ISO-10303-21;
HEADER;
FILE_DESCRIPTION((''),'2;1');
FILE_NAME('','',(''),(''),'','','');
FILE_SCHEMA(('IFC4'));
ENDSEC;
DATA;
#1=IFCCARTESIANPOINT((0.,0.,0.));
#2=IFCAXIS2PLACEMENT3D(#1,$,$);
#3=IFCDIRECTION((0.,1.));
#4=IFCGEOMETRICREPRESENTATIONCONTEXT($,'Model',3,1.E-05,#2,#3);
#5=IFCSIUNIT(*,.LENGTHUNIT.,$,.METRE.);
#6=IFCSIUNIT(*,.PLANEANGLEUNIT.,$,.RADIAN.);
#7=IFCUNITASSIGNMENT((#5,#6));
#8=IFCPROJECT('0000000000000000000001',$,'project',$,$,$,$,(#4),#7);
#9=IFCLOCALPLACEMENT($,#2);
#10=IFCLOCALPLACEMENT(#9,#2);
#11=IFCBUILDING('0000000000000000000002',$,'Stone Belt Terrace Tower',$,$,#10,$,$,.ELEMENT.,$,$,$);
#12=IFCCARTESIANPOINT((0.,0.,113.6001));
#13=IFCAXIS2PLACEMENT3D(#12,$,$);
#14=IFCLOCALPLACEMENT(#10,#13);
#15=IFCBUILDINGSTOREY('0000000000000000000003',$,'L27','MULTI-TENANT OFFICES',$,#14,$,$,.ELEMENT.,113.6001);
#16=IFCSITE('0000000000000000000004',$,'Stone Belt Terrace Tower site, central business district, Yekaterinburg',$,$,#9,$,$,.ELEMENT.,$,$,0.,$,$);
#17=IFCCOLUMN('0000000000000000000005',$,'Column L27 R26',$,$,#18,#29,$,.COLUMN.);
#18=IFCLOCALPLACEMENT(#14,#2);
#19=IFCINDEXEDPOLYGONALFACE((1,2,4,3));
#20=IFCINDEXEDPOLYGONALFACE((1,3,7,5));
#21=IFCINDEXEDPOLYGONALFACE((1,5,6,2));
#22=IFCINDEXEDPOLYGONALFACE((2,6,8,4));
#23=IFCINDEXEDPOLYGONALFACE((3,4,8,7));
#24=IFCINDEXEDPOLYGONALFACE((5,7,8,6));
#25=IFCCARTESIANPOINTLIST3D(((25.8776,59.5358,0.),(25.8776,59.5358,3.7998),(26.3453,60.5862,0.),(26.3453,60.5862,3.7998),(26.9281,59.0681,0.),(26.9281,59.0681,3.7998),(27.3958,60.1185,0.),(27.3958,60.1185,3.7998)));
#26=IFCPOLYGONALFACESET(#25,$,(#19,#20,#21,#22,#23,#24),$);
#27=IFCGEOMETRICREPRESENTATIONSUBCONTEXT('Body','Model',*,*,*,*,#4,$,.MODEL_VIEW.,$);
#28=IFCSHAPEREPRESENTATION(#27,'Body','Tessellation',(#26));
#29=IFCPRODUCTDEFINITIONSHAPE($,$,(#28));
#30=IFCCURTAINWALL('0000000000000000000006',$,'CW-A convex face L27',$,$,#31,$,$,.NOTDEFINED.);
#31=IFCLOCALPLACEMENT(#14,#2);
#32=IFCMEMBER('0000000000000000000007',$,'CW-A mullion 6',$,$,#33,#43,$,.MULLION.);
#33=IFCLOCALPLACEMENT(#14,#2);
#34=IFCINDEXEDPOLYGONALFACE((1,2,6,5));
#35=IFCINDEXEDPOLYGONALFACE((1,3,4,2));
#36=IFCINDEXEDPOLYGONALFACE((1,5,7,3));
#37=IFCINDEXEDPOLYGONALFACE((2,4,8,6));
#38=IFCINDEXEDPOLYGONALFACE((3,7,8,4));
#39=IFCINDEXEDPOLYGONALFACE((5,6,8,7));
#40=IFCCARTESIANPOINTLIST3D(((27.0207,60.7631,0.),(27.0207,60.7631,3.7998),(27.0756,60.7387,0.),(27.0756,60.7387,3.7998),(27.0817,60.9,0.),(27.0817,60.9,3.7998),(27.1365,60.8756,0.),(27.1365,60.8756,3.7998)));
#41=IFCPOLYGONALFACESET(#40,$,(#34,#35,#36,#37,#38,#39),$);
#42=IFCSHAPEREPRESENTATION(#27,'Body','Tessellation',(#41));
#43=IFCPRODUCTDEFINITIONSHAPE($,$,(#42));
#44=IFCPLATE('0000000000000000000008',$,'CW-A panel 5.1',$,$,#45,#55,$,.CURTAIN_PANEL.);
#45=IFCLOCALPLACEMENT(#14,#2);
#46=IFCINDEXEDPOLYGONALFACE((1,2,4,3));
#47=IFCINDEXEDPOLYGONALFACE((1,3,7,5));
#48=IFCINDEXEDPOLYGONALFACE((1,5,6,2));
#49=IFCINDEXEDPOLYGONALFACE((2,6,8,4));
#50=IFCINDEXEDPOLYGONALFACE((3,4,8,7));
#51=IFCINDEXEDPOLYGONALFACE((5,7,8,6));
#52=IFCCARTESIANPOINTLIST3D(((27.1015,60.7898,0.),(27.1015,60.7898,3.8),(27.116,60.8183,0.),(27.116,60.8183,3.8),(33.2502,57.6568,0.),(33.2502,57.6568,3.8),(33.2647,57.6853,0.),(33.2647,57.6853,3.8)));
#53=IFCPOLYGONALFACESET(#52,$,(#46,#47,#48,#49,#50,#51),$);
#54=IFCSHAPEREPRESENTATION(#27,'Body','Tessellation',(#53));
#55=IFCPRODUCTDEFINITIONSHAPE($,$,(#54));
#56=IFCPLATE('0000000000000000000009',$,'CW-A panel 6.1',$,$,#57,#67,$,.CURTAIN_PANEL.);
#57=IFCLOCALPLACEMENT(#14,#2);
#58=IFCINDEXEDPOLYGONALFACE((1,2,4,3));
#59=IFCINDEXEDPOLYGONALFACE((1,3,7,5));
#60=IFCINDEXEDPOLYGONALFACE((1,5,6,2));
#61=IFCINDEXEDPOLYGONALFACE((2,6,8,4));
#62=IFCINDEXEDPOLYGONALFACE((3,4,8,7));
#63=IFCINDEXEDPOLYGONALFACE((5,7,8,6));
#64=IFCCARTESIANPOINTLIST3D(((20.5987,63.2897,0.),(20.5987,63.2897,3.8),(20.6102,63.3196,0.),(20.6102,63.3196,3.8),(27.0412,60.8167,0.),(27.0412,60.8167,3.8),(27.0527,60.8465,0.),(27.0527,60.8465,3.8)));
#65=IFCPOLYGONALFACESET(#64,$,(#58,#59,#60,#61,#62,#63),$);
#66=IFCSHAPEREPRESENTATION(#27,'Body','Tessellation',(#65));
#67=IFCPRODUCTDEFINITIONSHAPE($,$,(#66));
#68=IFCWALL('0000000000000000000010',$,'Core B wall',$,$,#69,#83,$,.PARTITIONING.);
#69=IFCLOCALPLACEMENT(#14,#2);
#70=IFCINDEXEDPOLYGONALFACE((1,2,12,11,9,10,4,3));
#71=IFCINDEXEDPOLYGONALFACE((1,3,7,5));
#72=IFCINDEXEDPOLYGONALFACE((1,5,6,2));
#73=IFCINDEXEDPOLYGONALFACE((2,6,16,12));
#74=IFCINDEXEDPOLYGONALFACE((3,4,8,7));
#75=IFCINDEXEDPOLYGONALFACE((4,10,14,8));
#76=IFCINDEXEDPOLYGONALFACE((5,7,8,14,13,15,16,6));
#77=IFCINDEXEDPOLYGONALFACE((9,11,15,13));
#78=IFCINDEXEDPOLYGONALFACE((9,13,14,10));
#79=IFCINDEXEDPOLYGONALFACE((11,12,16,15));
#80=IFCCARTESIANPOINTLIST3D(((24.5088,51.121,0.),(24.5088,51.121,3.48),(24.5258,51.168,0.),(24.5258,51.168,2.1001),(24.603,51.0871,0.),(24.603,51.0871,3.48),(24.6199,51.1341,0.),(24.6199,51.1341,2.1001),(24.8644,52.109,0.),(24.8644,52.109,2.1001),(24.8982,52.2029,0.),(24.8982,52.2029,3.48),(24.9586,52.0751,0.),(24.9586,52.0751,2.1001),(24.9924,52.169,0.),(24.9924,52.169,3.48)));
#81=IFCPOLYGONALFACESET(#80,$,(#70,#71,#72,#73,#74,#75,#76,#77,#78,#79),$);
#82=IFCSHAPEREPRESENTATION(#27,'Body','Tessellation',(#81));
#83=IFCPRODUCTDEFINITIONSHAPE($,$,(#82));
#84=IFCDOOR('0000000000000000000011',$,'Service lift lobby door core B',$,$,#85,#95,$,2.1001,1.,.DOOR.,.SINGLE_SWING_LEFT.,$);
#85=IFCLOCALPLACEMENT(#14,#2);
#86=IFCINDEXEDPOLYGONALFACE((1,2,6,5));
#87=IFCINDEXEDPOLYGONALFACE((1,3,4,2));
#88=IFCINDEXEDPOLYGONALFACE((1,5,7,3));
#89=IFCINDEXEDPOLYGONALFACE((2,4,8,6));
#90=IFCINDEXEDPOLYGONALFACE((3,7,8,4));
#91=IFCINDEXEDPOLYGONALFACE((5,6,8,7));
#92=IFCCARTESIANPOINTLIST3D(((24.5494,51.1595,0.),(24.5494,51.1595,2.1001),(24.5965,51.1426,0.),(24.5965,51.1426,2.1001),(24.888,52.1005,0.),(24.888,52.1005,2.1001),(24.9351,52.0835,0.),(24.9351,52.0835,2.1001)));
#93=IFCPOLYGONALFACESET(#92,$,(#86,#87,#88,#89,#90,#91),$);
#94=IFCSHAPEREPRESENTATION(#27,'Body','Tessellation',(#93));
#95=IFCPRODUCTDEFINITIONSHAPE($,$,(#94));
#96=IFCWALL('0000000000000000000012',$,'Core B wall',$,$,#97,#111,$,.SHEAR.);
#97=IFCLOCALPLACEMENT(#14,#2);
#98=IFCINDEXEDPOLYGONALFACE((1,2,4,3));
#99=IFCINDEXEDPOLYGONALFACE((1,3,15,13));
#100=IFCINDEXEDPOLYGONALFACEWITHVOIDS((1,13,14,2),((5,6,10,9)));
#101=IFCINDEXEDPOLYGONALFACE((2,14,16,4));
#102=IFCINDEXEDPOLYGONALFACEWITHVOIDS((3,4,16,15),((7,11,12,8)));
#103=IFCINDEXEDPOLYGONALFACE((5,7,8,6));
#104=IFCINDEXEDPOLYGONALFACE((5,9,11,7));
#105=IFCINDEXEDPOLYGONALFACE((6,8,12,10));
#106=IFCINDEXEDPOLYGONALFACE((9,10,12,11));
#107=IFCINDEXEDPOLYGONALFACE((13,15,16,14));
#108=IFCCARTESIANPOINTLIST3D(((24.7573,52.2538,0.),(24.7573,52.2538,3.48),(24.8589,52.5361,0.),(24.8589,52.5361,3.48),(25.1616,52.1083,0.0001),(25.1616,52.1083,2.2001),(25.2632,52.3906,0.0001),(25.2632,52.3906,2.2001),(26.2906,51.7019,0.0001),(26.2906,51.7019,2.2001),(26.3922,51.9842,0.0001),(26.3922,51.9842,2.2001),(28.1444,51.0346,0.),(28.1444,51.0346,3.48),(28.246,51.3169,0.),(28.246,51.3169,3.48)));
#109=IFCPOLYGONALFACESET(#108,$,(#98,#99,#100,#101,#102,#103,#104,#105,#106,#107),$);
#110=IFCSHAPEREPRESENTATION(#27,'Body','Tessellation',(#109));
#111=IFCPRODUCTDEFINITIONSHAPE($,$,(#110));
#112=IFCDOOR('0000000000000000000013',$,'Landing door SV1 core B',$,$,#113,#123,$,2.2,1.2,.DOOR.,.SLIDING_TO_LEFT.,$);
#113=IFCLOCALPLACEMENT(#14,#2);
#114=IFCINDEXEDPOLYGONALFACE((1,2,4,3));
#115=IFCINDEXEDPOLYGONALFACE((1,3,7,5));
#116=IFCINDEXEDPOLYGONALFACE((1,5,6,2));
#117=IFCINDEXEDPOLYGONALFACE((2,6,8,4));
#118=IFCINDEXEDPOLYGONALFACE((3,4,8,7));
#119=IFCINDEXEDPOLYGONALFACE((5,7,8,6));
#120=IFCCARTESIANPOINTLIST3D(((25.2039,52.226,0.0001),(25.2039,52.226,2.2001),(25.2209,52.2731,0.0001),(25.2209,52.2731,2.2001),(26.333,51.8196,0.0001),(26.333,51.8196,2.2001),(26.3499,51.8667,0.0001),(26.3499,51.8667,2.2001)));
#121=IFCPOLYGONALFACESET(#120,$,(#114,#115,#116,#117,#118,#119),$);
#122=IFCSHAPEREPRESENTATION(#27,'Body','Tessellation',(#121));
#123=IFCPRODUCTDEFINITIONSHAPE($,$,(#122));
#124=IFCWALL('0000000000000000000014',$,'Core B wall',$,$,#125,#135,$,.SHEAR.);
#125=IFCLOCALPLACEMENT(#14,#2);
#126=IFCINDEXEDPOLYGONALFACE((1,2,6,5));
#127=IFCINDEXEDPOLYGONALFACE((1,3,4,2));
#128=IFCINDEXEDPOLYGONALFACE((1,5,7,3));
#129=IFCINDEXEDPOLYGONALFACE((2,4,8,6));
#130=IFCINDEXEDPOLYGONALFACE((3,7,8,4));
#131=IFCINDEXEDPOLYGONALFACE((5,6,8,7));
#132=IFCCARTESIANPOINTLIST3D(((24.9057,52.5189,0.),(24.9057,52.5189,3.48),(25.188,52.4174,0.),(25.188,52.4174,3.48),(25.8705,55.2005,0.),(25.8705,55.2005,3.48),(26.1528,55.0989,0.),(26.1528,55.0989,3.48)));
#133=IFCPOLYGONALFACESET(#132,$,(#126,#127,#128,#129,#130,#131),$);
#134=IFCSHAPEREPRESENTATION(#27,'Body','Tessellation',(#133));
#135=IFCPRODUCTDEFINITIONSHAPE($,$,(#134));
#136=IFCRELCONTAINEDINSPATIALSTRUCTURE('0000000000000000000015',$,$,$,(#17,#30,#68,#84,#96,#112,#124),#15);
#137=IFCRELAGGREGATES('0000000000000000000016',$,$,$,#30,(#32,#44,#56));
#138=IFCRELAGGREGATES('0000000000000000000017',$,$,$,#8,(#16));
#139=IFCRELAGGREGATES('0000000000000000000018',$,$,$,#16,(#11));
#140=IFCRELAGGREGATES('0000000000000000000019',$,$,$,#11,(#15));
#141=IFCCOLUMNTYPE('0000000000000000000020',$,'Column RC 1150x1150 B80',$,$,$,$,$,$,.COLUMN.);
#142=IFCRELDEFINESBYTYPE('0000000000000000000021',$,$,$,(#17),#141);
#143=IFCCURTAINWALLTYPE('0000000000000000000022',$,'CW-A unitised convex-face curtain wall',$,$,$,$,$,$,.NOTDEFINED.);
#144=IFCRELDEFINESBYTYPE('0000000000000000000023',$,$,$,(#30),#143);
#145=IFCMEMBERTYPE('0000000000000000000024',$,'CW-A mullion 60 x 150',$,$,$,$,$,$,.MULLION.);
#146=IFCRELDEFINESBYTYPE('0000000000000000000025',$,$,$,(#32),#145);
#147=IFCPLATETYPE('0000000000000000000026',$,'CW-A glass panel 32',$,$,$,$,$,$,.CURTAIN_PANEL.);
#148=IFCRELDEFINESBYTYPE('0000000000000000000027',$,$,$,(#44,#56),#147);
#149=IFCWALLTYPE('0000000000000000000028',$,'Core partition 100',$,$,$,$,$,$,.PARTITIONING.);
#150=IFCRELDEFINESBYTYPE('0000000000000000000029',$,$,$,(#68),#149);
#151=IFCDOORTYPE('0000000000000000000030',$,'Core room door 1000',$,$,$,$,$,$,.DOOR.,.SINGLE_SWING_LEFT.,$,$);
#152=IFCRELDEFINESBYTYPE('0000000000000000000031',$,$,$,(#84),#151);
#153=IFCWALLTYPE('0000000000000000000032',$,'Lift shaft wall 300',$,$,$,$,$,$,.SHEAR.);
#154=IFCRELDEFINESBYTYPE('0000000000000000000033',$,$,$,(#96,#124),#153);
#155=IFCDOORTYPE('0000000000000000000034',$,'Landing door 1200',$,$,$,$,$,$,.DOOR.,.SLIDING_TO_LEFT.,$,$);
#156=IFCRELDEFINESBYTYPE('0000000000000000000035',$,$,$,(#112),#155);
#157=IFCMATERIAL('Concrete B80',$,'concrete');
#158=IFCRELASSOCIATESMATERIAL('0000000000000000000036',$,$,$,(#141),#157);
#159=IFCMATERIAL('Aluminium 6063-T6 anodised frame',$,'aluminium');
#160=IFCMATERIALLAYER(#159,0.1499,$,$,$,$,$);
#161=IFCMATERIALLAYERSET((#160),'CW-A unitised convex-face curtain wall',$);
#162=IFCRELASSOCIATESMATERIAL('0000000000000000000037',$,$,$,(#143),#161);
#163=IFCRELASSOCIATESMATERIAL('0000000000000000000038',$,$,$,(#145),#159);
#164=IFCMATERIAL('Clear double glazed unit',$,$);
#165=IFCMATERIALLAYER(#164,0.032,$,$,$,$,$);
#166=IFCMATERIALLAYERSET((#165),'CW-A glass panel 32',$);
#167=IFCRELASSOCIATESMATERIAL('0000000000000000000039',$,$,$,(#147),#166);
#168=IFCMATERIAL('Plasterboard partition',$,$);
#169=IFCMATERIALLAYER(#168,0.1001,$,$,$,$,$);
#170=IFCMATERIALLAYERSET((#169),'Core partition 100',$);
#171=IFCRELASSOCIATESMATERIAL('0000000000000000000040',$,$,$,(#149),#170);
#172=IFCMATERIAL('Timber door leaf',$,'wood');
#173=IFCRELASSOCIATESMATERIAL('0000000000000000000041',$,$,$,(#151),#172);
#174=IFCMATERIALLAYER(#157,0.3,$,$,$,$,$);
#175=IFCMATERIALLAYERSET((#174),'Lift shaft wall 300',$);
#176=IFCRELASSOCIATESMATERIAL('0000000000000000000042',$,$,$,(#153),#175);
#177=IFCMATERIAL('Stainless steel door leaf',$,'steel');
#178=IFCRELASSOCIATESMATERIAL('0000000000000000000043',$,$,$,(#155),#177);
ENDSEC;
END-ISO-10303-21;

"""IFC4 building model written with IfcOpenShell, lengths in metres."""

from ifc_helpers import new_model, si_unit, direction, frame, frame_2d, origin, origin_2d, place, context, subcontext, project, spatial, rectangle, extrude, material, layer, layer_set, material_profile, profile_set, type_object, element, fill, aggregate, save


model = new_model("IFC4")

# Units and contexts
model_context = context("Model", 3, precision=1e-05, world=origin(), true_north=direction((0.0, 1.0)))
body_context = subcontext(model_context, "Body", "Model", "MODEL_VIEW")
ifc_project = project(units=[si_unit("LENGTHUNIT", "METRE"), si_unit("PLANEANGLEUNIT", "RADIAN")], contexts=[model_context])

# Site, building, storey
site_placement = place(None, origin())
site = spatial("IfcSite", under=ifc_project, at=site_placement, Name="Stone Belt Terrace Tower site, central business district, Yekaterinburg", CompositionType="ELEMENT", RefElevation=0.0)
building_placement = place(site_placement, origin())
building = spatial("IfcBuilding", under=site, at=building_placement, Name="Stone Belt Terrace Tower", CompositionType="ELEMENT")
storey_placement = place(building_placement, frame((0.0, 0.0, 113.6001)))
storey = spatial("IfcBuildingStorey", under=building, at=storey_placement, Name="L27", Description="MULTI-TENANT OFFICES", CompositionType="ELEMENT", Elevation=113.6001)

# Column
ifc_material_1 = material(Name="Concrete B80", Category="concrete")
ifc_material_profile_1 = material_profile(ifc_material_1, rectangle(XDim=1.1499, YDim=1.1499, at=origin_2d()), Name="RC 1150x1150")
ifc_profile_set_1 = profile_set([ifc_material_profile_1], Name="Concrete B80")
column_type = type_object("IfcColumnType", Name="Column RC 1150x1150 B80", PredefinedType="COLUMN", material=ifc_profile_set_1)
column_placement = place(storey_placement, frame((26.6367, 59.8271, 0.0), z_axis=(0.0, 0.0, 1.0), x_axis=(0.913545, -0.406737, 0.0)))
element("IfcColumn", 1, at=column_placement, inside=storey, type_object=column_type, Name="Column L27 R26", PredefinedType="COLUMN", context=body_context, shape_type="SweptSolid", body=[
    extrude(rectangle(XDim=1.1499, YDim=1.1499, at=origin_2d()), origin(), (0.0, 0.0, 1.0), 3.7998),
])

# Curtain wall, member, plates
ifc_material_2 = material(Name="Aluminium 6063-T6 anodised frame", Category="aluminium")
ifc_layer_1 = layer(ifc_material_2, 0.1499)
ifc_layer_set_1 = layer_set([ifc_layer_1], Name="CW-A unitised convex-face curtain wall")
curtain_wall_type = type_object("IfcCurtainWallType", Name="CW-A unitised convex-face curtain wall", PredefinedType="NOTDEFINED", material=ifc_layer_set_1)
curtain_wall_placement = place(storey_placement, origin())
curtain_wall = element("IfcCurtainWall", 2, at=curtain_wall_placement, inside=storey, type_object=curtain_wall_type, Name="CW-A convex face L27", PredefinedType="NOTDEFINED")
ifc_material_profile_2 = material_profile(ifc_material_2, rectangle(XDim=0.1499, YDim=0.0601, at=origin_2d()), Name="Aluminium 6063-T6 60x150")
ifc_profile_set_2 = profile_set([ifc_material_profile_2], Name="Aluminium 6063-T6 anodised frame")
member_type = type_object("IfcMemberType", Name="CW-A mullion 60 x 150", PredefinedType="MULLION", material=ifc_profile_set_2)
member_placement = place(storey_placement, frame((27.0786, 60.8193, 0.0), z_axis=(0.0, 0.0, 1.0), x_axis=(-0.406737, -0.913545, 0.0)))
member = element("IfcMember", 3, at=member_placement, type_object=member_type, Name="CW-A mullion 6", PredefinedType="MULLION", context=body_context, shape_type="SweptSolid", body=[
    extrude(rectangle(XDim=0.1499, YDim=0.0601, at=origin_2d()), origin(), (0.0, 0.0, 1.0), 3.7998),
])
ifc_material_3 = material(Name="Clear double glazed unit")
ifc_layer_2 = layer(ifc_material_3, 0.032)
ifc_layer_set_2 = layer_set([ifc_layer_2], Name="CW-A glass panel 32")
plate_type = type_object("IfcPlateType", Name="CW-A glass panel 32", PredefinedType="CURTAIN_PANEL", material=ifc_layer_set_2)
plate_1_placement = place(storey_placement, frame((30.1831, 59.2375, 0.0), z_axis=(0.0, 0.0, 1.0), x_axis=(-0.891007, 0.45399, 0.0)))
plate_1 = element("IfcPlate", 4, at=plate_1_placement, type_object=plate_type, Name="CW-A panel 5.1", PredefinedType="CURTAIN_PANEL", context=body_context, shape_type="SweptSolid", body=[
    extrude(rectangle(XDim=6.9009, YDim=0.032, at=origin_2d()), origin(), (0.0, 0.0, 1.0), 3.8),
])
plate_2_placement = place(storey_placement, frame((23.8257, 62.0681, 0.0), z_axis=(0.0, 0.0, 1.0), x_axis=(-0.93358, 0.358368, 0.0)))
plate_2 = element("IfcPlate", 5, at=plate_2_placement, type_object=plate_type, Name="CW-A panel 6.1", PredefinedType="CURTAIN_PANEL", context=body_context, shape_type="SweptSolid", body=[
    extrude(rectangle(XDim=6.9009, YDim=0.032, at=origin_2d()), origin(), (0.0, 0.0, 1.0), 3.8),
])
aggregate(curtain_wall, [member, plate_1, plate_2])

# Walls, openings, doors
ifc_material_4 = material(Name="Plasterboard partition")
ifc_layer_3 = layer(ifc_material_4, 0.1001)
ifc_layer_set_3 = layer_set([ifc_layer_3], Name="Core partition 100")
wall_type_1 = type_object("IfcWallType", Name="Core partition 100", PredefinedType="PARTITIONING", material=ifc_layer_set_3)
wall_1_placement = place(storey_placement, frame((24.5559, 51.104, 0.0), z_axis=(0.0, 0.0, 1.0), x_axis=(0.338622, 0.940923, 0.0)))
wall_1 = element("IfcWall", 6, at=wall_1_placement, inside=storey, type_object=wall_type_1, Name="Core B wall", PredefinedType="PARTITIONING", context=body_context, shape_type="SweptSolid", body=[
    extrude(rectangle(XDim=1.1499, YDim=0.1001, at=frame_2d((0.575, 0.0))), origin(), (0.0, 0.0, 1.0), 3.48),
])
opening_1_placement = place(wall_1_placement, frame((0.05, 0.0, 0.0)))
opening_1 = element("IfcOpeningElement", 7, at=opening_1_placement, cuts=wall_1, PredefinedType="OPENING", context=body_context, shape_type="SweptSolid", body=[
    extrude(rectangle(XDim=1.0, YDim=2.1001, at=frame_2d((0.5, 1.05))), frame((0.0, 0.0601, 0.0), z_axis=(0.0, -1.0, 0.0), x_axis=(1.0, 0.0, 0.0)), (0.0, 0.0, 1.0), 0.1201),
])
ifc_material_5 = material(Name="Timber door leaf", Category="wood")
door_type_1 = type_object("IfcDoorType", Name="Core room door 1000", OperationType="SINGLE_SWING_LEFT", PredefinedType="DOOR", material=ifc_material_5)
door_1_placement = place(opening_1_placement, origin())
door_1 = element("IfcDoor", 8, at=door_1_placement, inside=storey, type_object=door_type_1, Name="Service lift lobby door core B", OperationType="SINGLE_SWING_LEFT", OverallHeight=2.1001, OverallWidth=1.0, PredefinedType="DOOR", context=body_context, shape_type="SweptSolid", body=[
    extrude(rectangle(XDim=1.0, YDim=2.1001, at=frame_2d((0.5, 1.05))), frame((0.0, 0.0249, 0.0), z_axis=(0.0, -1.0, 0.0), x_axis=(1.0, 0.0, 0.0)), (0.0, 0.0, 1.0), 0.05),
])
fill(opening_1, door_1)
ifc_layer_4 = layer(ifc_material_1, 0.3)
ifc_layer_set_4 = layer_set([ifc_layer_4], Name="Lift shaft wall 300")
wall_type_2 = type_object("IfcWallType", Name="Lift shaft wall 300", PredefinedType="SHEAR", material=ifc_layer_set_4)
wall_2_placement = place(storey_placement, frame((28.1951, 51.1758, 0.0), z_axis=(0.0, 0.0, 1.0), x_axis=(-0.940901, 0.338681, 0.0)))
wall_2 = element("IfcWall", 9, at=wall_2_placement, inside=storey, type_object=wall_type_2, Name="Core B wall", PredefinedType="SHEAR", context=body_context, shape_type="SweptSolid", body=[
    extrude(rectangle(XDim=3.5999, YDim=0.3, at=frame_2d((1.7998, 0.0))), origin(), (0.0, 0.0, 1.0), 3.48),
])
opening_2_placement = place(wall_2_placement, frame((1.97, 0.0, 0.0)))
opening_2 = element("IfcOpeningElement", 10, at=opening_2_placement, cuts=wall_2, PredefinedType="OPENING", context=body_context, shape_type="SweptSolid", body=[
    extrude(rectangle(XDim=1.2, YDim=2.2, at=frame_2d((0.6001, 1.1001))), frame((0.0, 0.1599, 0.0), z_axis=(0.0, -1.0, 0.0), x_axis=(1.0, 0.0, 0.0)), (0.0, 0.0, 1.0), 0.3201),
])
ifc_material_6 = material(Name="Stainless steel door leaf", Category="steel")
door_type_2 = type_object("IfcDoorType", Name="Landing door 1200", OperationType="SLIDING_TO_LEFT", PredefinedType="DOOR", material=ifc_material_6)
door_2_placement = place(opening_2_placement, origin())
door_2 = element("IfcDoor", 11, at=door_2_placement, inside=storey, type_object=door_type_2, Name="Landing door SV1 core B", OperationType="SLIDING_TO_LEFT", OverallHeight=2.2, OverallWidth=1.2, PredefinedType="DOOR", context=body_context, shape_type="SweptSolid", body=[
    extrude(rectangle(XDim=1.2, YDim=2.2, at=frame_2d((0.6001, 1.1001))), frame((0.0, 0.0249, 0.0), z_axis=(0.0, -1.0, 0.0), x_axis=(1.0, 0.0, 0.0)), (0.0, 0.0, 1.0), 0.05),
])
fill(opening_2, door_2)

# Wall
wall_3_placement = place(storey_placement, frame((25.0469, 52.4683, 0.0), z_axis=(0.0, 0.0, 1.0), x_axis=(0.33855, 0.940949, 0.0)))
element("IfcWall", 12, at=wall_3_placement, inside=storey, type_object=wall_type_2, Name="Core B wall", PredefinedType="SHEAR", context=body_context, shape_type="SweptSolid", body=[
    extrude(rectangle(XDim=2.8499, YDim=0.3, at=frame_2d((1.4248, 0.0))), origin(), (0.0, 0.0, 1.0), 3.48),
])

save(model, "model.ifc")
